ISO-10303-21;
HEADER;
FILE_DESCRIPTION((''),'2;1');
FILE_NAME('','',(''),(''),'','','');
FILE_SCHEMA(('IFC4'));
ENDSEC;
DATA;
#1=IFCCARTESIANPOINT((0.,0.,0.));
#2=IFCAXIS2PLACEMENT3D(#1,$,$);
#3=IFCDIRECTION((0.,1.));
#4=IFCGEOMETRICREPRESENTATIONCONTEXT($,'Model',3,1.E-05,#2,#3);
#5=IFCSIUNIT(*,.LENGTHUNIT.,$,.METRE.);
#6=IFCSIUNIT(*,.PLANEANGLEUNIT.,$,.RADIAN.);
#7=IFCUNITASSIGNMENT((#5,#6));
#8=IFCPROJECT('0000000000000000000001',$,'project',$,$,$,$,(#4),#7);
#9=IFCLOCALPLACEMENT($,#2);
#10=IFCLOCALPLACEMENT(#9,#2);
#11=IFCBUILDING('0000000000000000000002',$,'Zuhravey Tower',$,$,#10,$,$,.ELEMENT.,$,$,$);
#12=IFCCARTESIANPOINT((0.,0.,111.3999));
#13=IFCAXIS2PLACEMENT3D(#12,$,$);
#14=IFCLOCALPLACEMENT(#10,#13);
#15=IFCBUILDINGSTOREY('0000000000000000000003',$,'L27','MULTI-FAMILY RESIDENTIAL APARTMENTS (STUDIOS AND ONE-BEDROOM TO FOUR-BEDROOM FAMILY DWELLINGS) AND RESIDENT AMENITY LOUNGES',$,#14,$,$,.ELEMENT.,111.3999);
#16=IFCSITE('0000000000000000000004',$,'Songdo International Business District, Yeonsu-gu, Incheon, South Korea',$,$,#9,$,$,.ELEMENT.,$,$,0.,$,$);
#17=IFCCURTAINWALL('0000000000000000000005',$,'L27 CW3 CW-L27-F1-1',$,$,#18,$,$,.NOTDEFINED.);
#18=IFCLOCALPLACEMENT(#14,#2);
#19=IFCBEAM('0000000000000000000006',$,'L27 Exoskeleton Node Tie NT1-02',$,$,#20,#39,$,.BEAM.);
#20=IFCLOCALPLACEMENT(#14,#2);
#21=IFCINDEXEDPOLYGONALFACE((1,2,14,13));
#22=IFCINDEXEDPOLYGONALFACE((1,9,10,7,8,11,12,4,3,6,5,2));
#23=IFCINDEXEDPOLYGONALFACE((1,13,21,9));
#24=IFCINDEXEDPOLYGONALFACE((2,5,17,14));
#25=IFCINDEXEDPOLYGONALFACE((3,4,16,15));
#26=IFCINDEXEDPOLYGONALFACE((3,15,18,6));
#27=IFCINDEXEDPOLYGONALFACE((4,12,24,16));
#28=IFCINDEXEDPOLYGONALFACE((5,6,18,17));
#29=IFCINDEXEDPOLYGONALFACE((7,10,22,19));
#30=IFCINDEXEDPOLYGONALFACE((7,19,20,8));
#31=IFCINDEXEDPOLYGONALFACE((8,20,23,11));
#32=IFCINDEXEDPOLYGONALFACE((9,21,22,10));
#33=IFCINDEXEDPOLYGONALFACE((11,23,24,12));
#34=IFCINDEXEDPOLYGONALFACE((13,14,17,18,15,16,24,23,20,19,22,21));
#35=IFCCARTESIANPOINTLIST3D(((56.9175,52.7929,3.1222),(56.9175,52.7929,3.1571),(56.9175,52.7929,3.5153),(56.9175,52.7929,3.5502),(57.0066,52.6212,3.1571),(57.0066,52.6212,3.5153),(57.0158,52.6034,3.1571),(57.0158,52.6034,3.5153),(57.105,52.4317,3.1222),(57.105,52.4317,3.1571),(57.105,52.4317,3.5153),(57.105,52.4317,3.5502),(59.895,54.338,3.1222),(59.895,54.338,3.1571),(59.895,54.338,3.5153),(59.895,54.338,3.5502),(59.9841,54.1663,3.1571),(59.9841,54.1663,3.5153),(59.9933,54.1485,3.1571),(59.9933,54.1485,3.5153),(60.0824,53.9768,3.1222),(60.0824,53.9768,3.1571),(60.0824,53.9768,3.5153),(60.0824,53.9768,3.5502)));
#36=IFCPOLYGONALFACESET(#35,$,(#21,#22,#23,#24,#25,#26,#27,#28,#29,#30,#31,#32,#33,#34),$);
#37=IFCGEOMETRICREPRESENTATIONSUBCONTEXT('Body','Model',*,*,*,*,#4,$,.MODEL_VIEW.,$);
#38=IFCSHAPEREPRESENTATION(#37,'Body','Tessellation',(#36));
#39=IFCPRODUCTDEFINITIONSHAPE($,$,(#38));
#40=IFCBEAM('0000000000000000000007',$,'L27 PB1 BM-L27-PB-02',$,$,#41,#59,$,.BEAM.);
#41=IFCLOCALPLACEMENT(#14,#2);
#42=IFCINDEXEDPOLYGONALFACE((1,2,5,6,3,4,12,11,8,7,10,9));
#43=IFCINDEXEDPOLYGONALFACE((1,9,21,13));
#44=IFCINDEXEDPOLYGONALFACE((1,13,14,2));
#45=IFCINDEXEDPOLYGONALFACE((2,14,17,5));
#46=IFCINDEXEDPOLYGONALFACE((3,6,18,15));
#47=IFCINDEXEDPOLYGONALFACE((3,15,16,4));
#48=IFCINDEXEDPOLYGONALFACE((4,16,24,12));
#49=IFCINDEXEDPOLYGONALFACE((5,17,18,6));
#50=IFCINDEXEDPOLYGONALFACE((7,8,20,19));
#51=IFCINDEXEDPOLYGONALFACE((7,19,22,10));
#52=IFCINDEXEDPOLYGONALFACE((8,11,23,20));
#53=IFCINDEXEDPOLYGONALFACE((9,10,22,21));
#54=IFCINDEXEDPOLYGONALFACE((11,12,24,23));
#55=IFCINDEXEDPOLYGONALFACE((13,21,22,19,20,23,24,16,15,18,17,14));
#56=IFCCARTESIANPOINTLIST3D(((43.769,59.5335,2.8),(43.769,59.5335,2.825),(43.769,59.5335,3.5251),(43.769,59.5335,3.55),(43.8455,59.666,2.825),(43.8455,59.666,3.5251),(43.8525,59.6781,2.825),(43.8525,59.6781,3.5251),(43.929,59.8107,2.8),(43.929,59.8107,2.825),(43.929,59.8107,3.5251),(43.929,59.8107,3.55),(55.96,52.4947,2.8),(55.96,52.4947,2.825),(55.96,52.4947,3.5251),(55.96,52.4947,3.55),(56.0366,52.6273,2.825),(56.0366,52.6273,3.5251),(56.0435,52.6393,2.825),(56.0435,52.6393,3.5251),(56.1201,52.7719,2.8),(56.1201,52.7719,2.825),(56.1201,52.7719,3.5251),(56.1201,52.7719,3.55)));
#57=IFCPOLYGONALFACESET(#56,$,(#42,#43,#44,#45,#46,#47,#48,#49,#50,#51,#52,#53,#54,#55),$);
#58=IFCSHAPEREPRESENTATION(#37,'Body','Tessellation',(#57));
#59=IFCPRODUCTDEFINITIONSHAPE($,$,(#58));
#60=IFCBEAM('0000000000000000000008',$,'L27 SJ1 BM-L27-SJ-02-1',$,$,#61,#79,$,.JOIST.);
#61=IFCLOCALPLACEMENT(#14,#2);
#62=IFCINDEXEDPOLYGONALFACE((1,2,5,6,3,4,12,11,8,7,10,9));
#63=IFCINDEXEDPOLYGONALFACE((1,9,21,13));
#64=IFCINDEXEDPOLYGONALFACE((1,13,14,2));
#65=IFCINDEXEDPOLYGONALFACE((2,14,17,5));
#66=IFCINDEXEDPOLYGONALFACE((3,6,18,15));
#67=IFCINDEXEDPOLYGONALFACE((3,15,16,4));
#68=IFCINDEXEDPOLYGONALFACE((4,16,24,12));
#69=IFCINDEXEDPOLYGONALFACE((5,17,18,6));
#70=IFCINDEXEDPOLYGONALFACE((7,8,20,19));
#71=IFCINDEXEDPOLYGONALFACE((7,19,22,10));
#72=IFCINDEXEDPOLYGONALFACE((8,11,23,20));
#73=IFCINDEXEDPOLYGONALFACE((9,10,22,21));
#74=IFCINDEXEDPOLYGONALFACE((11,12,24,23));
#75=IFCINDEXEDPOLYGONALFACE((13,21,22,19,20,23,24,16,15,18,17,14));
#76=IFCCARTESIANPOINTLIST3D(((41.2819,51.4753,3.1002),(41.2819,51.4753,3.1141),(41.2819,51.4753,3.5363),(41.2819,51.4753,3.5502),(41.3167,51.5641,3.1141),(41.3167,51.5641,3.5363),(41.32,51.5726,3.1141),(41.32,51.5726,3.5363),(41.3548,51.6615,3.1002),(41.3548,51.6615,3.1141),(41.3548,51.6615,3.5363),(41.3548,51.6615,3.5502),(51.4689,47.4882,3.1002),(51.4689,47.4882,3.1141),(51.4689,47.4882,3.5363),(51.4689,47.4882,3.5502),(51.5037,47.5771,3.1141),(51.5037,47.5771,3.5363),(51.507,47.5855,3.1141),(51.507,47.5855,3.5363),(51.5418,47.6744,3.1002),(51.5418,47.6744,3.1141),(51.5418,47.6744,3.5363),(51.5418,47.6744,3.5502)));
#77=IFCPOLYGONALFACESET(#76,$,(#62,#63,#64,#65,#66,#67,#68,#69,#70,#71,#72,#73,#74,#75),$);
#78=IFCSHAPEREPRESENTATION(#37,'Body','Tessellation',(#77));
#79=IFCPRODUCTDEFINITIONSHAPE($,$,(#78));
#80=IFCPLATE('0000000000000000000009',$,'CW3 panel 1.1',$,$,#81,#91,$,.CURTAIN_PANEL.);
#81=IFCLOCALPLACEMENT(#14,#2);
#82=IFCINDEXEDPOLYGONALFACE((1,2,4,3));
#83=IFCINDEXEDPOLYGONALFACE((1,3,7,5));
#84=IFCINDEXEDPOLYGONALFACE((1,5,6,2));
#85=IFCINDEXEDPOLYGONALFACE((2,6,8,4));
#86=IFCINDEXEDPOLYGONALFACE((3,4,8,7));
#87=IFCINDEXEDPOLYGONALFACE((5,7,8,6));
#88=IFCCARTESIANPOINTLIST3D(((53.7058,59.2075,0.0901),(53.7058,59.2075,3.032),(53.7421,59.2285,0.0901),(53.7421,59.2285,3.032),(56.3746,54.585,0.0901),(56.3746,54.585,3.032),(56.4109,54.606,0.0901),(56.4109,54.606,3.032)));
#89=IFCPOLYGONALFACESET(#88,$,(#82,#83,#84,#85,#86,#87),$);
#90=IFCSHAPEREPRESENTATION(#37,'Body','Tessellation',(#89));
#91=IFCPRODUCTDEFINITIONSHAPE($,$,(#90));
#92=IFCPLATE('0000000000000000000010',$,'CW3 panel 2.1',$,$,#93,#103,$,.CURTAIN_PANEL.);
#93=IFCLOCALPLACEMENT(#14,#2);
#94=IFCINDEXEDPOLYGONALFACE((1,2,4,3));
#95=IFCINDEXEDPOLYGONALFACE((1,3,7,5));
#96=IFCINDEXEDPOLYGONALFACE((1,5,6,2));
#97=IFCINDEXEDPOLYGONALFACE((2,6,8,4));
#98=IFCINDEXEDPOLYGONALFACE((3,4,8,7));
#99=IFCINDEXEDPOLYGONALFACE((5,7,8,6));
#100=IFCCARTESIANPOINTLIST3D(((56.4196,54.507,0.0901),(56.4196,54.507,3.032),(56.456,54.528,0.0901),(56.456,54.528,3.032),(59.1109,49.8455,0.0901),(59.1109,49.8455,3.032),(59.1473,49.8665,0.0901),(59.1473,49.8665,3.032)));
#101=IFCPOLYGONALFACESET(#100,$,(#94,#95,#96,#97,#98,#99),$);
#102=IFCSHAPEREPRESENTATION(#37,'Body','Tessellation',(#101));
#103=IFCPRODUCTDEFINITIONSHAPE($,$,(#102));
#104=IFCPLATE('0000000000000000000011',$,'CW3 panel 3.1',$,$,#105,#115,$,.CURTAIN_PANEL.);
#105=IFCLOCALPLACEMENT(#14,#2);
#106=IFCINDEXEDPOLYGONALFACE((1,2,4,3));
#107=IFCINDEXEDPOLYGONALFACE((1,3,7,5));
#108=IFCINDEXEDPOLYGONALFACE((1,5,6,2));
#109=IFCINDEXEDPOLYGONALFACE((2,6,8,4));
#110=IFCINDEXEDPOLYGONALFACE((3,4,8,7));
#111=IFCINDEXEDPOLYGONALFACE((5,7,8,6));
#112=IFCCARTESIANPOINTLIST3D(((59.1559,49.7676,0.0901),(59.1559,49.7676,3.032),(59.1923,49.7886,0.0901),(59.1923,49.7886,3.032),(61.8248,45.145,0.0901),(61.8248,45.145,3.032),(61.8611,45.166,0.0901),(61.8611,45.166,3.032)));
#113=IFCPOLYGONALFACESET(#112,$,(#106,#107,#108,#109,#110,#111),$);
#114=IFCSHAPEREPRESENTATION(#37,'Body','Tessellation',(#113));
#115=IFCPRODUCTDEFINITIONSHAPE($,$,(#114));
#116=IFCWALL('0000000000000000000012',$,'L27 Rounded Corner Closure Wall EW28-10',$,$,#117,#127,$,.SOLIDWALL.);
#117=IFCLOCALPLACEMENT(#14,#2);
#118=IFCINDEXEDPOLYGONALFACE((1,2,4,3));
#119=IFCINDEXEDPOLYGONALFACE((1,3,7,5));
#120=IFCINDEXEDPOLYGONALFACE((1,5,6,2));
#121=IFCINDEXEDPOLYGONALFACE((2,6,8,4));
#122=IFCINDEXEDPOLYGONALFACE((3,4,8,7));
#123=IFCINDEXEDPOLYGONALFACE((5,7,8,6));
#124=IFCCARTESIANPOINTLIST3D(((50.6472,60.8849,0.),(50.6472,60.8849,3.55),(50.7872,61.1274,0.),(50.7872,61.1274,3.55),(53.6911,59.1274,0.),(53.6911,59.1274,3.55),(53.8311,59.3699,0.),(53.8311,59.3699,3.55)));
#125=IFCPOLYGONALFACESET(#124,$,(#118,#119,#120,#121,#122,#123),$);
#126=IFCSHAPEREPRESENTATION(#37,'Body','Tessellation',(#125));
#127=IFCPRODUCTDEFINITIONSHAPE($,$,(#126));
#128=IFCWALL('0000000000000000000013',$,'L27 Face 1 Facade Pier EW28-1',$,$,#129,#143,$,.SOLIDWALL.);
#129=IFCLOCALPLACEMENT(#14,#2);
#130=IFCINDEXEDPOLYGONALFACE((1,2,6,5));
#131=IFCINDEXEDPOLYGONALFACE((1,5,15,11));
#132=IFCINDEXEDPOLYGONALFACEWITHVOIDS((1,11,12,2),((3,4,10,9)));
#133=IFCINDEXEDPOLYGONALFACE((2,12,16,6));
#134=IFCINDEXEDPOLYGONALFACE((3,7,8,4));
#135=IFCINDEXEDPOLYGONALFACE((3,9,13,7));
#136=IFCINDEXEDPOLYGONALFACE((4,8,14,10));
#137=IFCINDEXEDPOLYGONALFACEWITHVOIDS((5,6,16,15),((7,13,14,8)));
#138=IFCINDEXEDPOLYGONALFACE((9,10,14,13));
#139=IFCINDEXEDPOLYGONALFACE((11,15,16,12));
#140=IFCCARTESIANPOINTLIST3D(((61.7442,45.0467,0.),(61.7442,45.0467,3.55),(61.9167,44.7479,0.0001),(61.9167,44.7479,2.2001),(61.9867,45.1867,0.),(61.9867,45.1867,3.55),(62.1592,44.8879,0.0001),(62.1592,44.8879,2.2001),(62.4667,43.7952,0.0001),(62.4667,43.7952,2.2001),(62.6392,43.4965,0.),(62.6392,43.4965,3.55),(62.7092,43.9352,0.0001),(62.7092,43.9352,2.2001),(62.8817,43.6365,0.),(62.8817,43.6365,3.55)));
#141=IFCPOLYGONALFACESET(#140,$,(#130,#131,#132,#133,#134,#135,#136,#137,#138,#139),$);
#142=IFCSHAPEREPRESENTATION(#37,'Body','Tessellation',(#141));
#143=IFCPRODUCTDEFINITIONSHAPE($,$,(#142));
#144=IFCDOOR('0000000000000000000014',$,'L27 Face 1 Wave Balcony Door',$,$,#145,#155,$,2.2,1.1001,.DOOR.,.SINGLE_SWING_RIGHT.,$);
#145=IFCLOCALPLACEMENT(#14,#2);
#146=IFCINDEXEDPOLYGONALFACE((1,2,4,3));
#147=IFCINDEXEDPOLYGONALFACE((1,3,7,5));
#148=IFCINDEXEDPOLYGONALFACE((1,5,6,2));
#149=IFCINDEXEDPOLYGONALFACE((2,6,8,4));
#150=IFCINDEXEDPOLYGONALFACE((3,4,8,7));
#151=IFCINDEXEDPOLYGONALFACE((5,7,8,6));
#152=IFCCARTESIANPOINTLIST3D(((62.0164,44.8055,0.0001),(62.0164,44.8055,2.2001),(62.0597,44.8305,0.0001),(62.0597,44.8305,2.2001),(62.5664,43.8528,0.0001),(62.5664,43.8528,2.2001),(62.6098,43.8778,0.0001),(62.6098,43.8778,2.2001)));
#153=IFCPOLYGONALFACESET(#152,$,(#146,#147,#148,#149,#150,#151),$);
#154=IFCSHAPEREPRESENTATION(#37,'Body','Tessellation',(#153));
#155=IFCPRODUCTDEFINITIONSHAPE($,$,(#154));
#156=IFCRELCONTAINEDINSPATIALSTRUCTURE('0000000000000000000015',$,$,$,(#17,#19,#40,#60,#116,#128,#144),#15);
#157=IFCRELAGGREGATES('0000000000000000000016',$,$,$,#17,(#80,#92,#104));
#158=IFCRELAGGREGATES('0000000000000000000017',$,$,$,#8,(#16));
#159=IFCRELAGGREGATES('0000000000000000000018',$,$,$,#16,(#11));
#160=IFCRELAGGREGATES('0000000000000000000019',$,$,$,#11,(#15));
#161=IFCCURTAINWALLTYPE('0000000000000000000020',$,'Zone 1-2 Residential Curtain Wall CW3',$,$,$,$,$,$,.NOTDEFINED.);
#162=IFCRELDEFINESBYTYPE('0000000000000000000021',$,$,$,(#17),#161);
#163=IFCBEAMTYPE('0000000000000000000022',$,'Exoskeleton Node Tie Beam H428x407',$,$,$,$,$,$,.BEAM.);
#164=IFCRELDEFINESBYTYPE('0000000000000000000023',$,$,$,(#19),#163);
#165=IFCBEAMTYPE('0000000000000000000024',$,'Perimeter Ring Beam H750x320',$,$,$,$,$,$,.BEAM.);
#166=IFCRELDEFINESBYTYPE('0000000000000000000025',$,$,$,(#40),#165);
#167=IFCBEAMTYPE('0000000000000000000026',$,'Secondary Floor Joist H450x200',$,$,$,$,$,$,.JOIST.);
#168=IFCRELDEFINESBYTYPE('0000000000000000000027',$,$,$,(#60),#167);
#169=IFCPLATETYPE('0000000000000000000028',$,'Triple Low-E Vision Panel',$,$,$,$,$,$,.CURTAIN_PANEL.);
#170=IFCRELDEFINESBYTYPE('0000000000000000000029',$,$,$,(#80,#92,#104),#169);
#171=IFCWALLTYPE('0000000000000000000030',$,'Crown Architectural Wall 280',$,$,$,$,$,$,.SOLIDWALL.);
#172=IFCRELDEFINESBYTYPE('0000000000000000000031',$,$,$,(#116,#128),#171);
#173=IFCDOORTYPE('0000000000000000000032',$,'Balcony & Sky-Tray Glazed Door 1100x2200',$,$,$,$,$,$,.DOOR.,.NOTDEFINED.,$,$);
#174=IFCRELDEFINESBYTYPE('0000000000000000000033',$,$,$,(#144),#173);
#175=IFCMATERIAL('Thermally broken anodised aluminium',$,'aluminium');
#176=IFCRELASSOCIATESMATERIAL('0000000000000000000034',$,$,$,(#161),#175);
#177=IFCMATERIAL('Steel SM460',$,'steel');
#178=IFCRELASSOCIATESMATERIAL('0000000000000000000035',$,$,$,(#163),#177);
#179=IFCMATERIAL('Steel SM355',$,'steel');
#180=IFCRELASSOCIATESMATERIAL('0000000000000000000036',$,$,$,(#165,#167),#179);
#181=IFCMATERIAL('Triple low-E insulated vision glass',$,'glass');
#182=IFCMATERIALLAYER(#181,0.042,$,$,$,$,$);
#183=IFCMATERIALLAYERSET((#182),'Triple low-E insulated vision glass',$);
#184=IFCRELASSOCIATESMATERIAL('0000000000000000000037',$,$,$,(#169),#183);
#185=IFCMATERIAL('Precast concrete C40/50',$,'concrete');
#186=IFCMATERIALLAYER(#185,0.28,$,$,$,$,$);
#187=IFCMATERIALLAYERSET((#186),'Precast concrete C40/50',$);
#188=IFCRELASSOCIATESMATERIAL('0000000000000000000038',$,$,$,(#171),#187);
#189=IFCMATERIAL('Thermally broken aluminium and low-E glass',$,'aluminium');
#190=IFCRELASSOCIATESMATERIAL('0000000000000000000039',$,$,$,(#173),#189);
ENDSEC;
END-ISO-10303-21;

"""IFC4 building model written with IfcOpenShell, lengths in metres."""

from ifc_helpers import new_model, si_unit, direction, frame, frame_2d, origin, origin_2d, place, context, subcontext, project, spatial, rectangle, i_section, extrude, material, layer, layer_set, material_profile, profile_set, type_object, element, fill, aggregate, save


model = new_model("IFC4")

# Units and contexts
model_context = context("Model", 3, precision=1e-05, world=origin(), true_north=direction((0.0, 1.0)))
body_context = subcontext(model_context, "Body", "Model", "MODEL_VIEW")
ifc_project = project(units=[si_unit("LENGTHUNIT", "METRE"), si_unit("PLANEANGLEUNIT", "RADIAN")], contexts=[model_context])

# Site, building, storey
site_placement = place(None, origin())
site = spatial("IfcSite", under=ifc_project, at=site_placement, Name="Songdo International Business District, Yeonsu-gu, Incheon, South Korea", CompositionType="ELEMENT", RefElevation=0.0)
building_placement = place(site_placement, origin())
building = spatial("IfcBuilding", under=site, at=building_placement, Name="Zuhravey Tower", CompositionType="ELEMENT")
storey_placement = place(building_placement, frame((0.0, 0.0, 111.3999)))
storey = spatial("IfcBuildingStorey", under=building, at=storey_placement, Name="L27", Description="MULTI-FAMILY RESIDENTIAL APARTMENTS (STUDIOS AND ONE-BEDROOM TO FOUR-BEDROOM FAMILY DWELLINGS) AND RESIDENT AMENITY LOUNGES", CompositionType="ELEMENT", Elevation=111.3999)

# Shared definitions
ifc_material_1 = material(Name="Thermally broken anodised aluminium", Category="aluminium")
curtain_wall_type = type_object("IfcCurtainWallType", Name="Zone 1-2 Residential Curtain Wall CW3", PredefinedType="NOTDEFINED", material=ifc_material_1)

# Curtain wall
curtain_wall_1_placement = place(storey_placement, origin())
curtain_wall_1 = element("IfcCurtainWall", 1, at=curtain_wall_1_placement, inside=storey, type_object=curtain_wall_type, Name="L27 CW3 CW-L27-F1-1", PredefinedType="NOTDEFINED")

# Beams
ifc_material_2 = material(Name="Steel SM460", Category="steel")
ifc_material_profile_1 = material_profile(ifc_material_2, i_section(OverallWidth=0.407, OverallDepth=0.428, WebThickness=0.02, FlangeThickness=0.0349, at=origin_2d()), Name="H-428x407x20x35")
ifc_profile_set_1 = profile_set([ifc_material_profile_1], Name="Steel SM460")
beam_type_1 = type_object("IfcBeamType", Name="Exoskeleton Node Tie Beam H428x407", PredefinedType="BEAM", material=ifc_profile_set_1)
beam_1_placement = place(storey_placement, frame((57.0112, 52.6123, 3.3362), z_axis=(0.887601, 0.460612, 0.0), x_axis=(-0.460612, 0.887601, 0.0)))
element("IfcBeam", 2, at=beam_1_placement, inside=storey, type_object=beam_type_1, Name="L27 Exoskeleton Node Tie NT1-02", PredefinedType="BEAM", context=body_context, shape_type="SweptSolid", body=[
    extrude(i_section(OverallWidth=0.407, OverallDepth=0.428, WebThickness=0.02, FlangeThickness=0.0349, at=origin_2d()), origin(), (0.0, 0.0, 1.0), 3.3545),
])
ifc_material_3 = material(Name="Steel SM355", Category="steel")
ifc_material_profile_2 = material_profile(ifc_material_3, i_section(OverallWidth=0.3201, OverallDepth=0.75, WebThickness=0.0139, FlangeThickness=0.0249, at=origin_2d()), Name="H-750x320x14x25")
ifc_profile_set_2 = profile_set([ifc_material_profile_2], Name="Steel SM355")
beam_type_2 = type_object("IfcBeamType", Name="Perimeter Ring Beam H750x320", PredefinedType="BEAM", material=ifc_profile_set_2)
beam_2_placement = place(storey_placement, frame((56.04, 52.6333, 3.175), z_axis=(-0.866018, 0.500013, 0.0), x_axis=(-0.500013, -0.866018, 0.0)))
element("IfcBeam", 3, at=beam_2_placement, inside=storey, type_object=beam_type_2, Name="L27 PB1 BM-L27-PB-02", PredefinedType="BEAM", context=body_context, shape_type="SweptSolid", body=[
    extrude(i_section(OverallWidth=0.3201, OverallDepth=0.75, WebThickness=0.0139, FlangeThickness=0.0249, at=origin_2d()), origin(), (0.0, 0.0, 1.0), 14.0771),
])
ifc_material_profile_3 = material_profile(ifc_material_3, i_section(OverallWidth=0.2, OverallDepth=0.45, WebThickness=0.009, FlangeThickness=0.0139, at=origin_2d()), Name="H-450x200x9x14")
ifc_profile_set_3 = profile_set([ifc_material_profile_3], Name="Steel SM355")
beam_type_3 = type_object("IfcBeamType", Name="Secondary Floor Joist H450x200", PredefinedType="JOIST", material=ifc_profile_set_3)
beam_3_placement = place(storey_placement, frame((51.5054, 47.5813, 3.3252), z_axis=(-0.931217, 0.364466, 0.0), x_axis=(-0.364466, -0.931217, 0.0)))
element("IfcBeam", 4, at=beam_3_placement, inside=storey, type_object=beam_type_3, Name="L27 SJ1 BM-L27-SJ-02-1", PredefinedType="JOIST", context=body_context, shape_type="SweptSolid", body=[
    extrude(i_section(OverallWidth=0.2, OverallDepth=0.45, WebThickness=0.009, FlangeThickness=0.0139, at=origin_2d()), origin(), (0.0, 0.0, 1.0), 10.9395),
])

# Plates
ifc_material_4 = material(Name="Triple low-E insulated vision glass", Category="glass")
ifc_layer_1 = layer(ifc_material_4, 0.042)
ifc_layer_set_1 = layer_set([ifc_layer_1], Name="Triple low-E insulated vision glass")
plate_type = type_object("IfcPlateType", Name="Triple Low-E Vision Panel", PredefinedType="CURTAIN_PANEL", material=ifc_layer_set_1)
plate_1_placement = place(storey_placement, frame((55.0583, 56.9067, 0.0901), z_axis=(0.0, 0.0, 1.0), x_axis=(0.5, -0.866025, 0.0)))
plate_1 = element("IfcPlate", 5, at=plate_1_placement, type_object=plate_type, Name="CW3 panel 1.1", PredefinedType="CURTAIN_PANEL", context=body_context, shape_type="SweptSolid", body=[
    extrude(rectangle(XDim=5.3376, YDim=0.042, at=origin_2d()), origin(), (0.0, 0.0, 1.0), 2.9419),
])
plate_2_placement = place(storey_placement, frame((57.7834, 52.1868, 0.0901), z_axis=(0.0, 0.0, 1.0), x_axis=(0.5, -0.866025, 0.0)))
plate_2 = element("IfcPlate", 6, at=plate_2_placement, type_object=plate_type, Name="CW3 panel 2.1", PredefinedType="CURTAIN_PANEL", context=body_context, shape_type="SweptSolid", body=[
    extrude(rectangle(XDim=5.3826, YDim=0.042, at=origin_2d()), origin(), (0.0, 0.0, 1.0), 2.9419),
])
plate_3_placement = place(storey_placement, frame((60.5085, 47.4668, 0.0901), z_axis=(0.0, 0.0, 1.0), x_axis=(0.5, -0.866025, 0.0)))
plate_3 = element("IfcPlate", 7, at=plate_3_placement, type_object=plate_type, Name="CW3 panel 3.1", PredefinedType="CURTAIN_PANEL", context=body_context, shape_type="SweptSolid", body=[
    extrude(rectangle(XDim=5.3376, YDim=0.042, at=origin_2d()), origin(), (0.0, 0.0, 1.0), 2.9419),
])
aggregate(curtain_wall_1, [plate_1, plate_2, plate_3])

# Wall
ifc_material_5 = material(Name="Precast concrete C40/50", Category="concrete")
ifc_layer_2 = layer(ifc_material_5, 0.28)
ifc_layer_set_2 = layer_set([ifc_layer_2], Name="Precast concrete C40/50")
wall_type_1 = type_object("IfcWallType", Name="Crown Architectural Wall 280", PredefinedType="SOLIDWALL", material=ifc_layer_set_2)
wall_1_placement = place(storey_placement, frame((50.7173, 61.0061, 0.0), z_axis=(0.0, 0.0, 1.0), x_axis=(0.866007, -0.500031, 0.0)))
element("IfcWall", 8, at=wall_1_placement, inside=storey, type_object=wall_type_1, Name="L27 Rounded Corner Closure Wall EW28-10", PredefinedType="SOLIDWALL", context=body_context, shape_type="SweptSolid", body=[
    extrude(rectangle(XDim=3.5149, YDim=0.28, at=frame_2d((1.7573, 0.0))), origin(), (0.0, 0.0, 1.0), 3.55),
])

# Wall, opening, door
wall_2_placement = place(storey_placement, frame((61.8655, 45.1167, 0.0), z_axis=(0.0, 0.0, 1.0), x_axis=(0.499982, -0.866036, 0.0)))
wall_2 = element("IfcWall", 9, at=wall_2_placement, inside=storey, type_object=wall_type_1, Name="L27 Face 1 Facade Pier EW28-1", PredefinedType="SOLIDWALL", context=body_context, shape_type="SweptSolid", body=[
    extrude(rectangle(XDim=1.79, YDim=0.28, at=frame_2d((0.895, 0.0))), origin(), (0.0, 0.0, 1.0), 3.55),
])
opening_1_placement = place(wall_2_placement, frame((0.345, 0.0, 0.0)))
opening_1 = element("IfcOpeningElement", 10, at=opening_1_placement, cuts=wall_2, PredefinedType="OPENING", context=body_context, shape_type="SweptSolid", body=[
    extrude(rectangle(XDim=1.1001, YDim=2.2, at=frame_2d((0.55, 1.1001))), frame((0.0, 0.1521, 0.0), z_axis=(0.0, -1.0, 0.0), x_axis=(1.0, 0.0, 0.0)), (0.0, 0.0, 1.0), 0.304),
])
ifc_material_6 = material(Name="Thermally broken aluminium and low-E glass", Category="aluminium")
door_type_1 = type_object("IfcDoorType", Name="Balcony & Sky-Tray Glazed Door 1100x2200", OperationType="NOTDEFINED", PredefinedType="DOOR", material=ifc_material_6)
door_1_placement = place(opening_1_placement, frame((1.1001, 0.0, 0.0), z_axis=(0.0, 0.0, 1.0), x_axis=(-1.0, 0.0, 0.0)))
door_1 = element("IfcDoor", 11, at=door_1_placement, inside=storey, type_object=door_type_1, Name="L27 Face 1 Wave Balcony Door", OperationType="SINGLE_SWING_RIGHT", OverallHeight=2.2, OverallWidth=1.1001, PredefinedType="DOOR", context=body_context, shape_type="SweptSolid", body=[
    extrude(rectangle(XDim=1.1001, YDim=2.2, at=frame_2d((0.55, 1.1001))), frame((0.0, 0.0249, 0.0), z_axis=(0.0, -1.0, 0.0), x_axis=(1.0, 0.0, 0.0)), (0.0, 0.0, 1.0), 0.05),
])
fill(opening_1, door_1)

save(model, "model.ifc")
